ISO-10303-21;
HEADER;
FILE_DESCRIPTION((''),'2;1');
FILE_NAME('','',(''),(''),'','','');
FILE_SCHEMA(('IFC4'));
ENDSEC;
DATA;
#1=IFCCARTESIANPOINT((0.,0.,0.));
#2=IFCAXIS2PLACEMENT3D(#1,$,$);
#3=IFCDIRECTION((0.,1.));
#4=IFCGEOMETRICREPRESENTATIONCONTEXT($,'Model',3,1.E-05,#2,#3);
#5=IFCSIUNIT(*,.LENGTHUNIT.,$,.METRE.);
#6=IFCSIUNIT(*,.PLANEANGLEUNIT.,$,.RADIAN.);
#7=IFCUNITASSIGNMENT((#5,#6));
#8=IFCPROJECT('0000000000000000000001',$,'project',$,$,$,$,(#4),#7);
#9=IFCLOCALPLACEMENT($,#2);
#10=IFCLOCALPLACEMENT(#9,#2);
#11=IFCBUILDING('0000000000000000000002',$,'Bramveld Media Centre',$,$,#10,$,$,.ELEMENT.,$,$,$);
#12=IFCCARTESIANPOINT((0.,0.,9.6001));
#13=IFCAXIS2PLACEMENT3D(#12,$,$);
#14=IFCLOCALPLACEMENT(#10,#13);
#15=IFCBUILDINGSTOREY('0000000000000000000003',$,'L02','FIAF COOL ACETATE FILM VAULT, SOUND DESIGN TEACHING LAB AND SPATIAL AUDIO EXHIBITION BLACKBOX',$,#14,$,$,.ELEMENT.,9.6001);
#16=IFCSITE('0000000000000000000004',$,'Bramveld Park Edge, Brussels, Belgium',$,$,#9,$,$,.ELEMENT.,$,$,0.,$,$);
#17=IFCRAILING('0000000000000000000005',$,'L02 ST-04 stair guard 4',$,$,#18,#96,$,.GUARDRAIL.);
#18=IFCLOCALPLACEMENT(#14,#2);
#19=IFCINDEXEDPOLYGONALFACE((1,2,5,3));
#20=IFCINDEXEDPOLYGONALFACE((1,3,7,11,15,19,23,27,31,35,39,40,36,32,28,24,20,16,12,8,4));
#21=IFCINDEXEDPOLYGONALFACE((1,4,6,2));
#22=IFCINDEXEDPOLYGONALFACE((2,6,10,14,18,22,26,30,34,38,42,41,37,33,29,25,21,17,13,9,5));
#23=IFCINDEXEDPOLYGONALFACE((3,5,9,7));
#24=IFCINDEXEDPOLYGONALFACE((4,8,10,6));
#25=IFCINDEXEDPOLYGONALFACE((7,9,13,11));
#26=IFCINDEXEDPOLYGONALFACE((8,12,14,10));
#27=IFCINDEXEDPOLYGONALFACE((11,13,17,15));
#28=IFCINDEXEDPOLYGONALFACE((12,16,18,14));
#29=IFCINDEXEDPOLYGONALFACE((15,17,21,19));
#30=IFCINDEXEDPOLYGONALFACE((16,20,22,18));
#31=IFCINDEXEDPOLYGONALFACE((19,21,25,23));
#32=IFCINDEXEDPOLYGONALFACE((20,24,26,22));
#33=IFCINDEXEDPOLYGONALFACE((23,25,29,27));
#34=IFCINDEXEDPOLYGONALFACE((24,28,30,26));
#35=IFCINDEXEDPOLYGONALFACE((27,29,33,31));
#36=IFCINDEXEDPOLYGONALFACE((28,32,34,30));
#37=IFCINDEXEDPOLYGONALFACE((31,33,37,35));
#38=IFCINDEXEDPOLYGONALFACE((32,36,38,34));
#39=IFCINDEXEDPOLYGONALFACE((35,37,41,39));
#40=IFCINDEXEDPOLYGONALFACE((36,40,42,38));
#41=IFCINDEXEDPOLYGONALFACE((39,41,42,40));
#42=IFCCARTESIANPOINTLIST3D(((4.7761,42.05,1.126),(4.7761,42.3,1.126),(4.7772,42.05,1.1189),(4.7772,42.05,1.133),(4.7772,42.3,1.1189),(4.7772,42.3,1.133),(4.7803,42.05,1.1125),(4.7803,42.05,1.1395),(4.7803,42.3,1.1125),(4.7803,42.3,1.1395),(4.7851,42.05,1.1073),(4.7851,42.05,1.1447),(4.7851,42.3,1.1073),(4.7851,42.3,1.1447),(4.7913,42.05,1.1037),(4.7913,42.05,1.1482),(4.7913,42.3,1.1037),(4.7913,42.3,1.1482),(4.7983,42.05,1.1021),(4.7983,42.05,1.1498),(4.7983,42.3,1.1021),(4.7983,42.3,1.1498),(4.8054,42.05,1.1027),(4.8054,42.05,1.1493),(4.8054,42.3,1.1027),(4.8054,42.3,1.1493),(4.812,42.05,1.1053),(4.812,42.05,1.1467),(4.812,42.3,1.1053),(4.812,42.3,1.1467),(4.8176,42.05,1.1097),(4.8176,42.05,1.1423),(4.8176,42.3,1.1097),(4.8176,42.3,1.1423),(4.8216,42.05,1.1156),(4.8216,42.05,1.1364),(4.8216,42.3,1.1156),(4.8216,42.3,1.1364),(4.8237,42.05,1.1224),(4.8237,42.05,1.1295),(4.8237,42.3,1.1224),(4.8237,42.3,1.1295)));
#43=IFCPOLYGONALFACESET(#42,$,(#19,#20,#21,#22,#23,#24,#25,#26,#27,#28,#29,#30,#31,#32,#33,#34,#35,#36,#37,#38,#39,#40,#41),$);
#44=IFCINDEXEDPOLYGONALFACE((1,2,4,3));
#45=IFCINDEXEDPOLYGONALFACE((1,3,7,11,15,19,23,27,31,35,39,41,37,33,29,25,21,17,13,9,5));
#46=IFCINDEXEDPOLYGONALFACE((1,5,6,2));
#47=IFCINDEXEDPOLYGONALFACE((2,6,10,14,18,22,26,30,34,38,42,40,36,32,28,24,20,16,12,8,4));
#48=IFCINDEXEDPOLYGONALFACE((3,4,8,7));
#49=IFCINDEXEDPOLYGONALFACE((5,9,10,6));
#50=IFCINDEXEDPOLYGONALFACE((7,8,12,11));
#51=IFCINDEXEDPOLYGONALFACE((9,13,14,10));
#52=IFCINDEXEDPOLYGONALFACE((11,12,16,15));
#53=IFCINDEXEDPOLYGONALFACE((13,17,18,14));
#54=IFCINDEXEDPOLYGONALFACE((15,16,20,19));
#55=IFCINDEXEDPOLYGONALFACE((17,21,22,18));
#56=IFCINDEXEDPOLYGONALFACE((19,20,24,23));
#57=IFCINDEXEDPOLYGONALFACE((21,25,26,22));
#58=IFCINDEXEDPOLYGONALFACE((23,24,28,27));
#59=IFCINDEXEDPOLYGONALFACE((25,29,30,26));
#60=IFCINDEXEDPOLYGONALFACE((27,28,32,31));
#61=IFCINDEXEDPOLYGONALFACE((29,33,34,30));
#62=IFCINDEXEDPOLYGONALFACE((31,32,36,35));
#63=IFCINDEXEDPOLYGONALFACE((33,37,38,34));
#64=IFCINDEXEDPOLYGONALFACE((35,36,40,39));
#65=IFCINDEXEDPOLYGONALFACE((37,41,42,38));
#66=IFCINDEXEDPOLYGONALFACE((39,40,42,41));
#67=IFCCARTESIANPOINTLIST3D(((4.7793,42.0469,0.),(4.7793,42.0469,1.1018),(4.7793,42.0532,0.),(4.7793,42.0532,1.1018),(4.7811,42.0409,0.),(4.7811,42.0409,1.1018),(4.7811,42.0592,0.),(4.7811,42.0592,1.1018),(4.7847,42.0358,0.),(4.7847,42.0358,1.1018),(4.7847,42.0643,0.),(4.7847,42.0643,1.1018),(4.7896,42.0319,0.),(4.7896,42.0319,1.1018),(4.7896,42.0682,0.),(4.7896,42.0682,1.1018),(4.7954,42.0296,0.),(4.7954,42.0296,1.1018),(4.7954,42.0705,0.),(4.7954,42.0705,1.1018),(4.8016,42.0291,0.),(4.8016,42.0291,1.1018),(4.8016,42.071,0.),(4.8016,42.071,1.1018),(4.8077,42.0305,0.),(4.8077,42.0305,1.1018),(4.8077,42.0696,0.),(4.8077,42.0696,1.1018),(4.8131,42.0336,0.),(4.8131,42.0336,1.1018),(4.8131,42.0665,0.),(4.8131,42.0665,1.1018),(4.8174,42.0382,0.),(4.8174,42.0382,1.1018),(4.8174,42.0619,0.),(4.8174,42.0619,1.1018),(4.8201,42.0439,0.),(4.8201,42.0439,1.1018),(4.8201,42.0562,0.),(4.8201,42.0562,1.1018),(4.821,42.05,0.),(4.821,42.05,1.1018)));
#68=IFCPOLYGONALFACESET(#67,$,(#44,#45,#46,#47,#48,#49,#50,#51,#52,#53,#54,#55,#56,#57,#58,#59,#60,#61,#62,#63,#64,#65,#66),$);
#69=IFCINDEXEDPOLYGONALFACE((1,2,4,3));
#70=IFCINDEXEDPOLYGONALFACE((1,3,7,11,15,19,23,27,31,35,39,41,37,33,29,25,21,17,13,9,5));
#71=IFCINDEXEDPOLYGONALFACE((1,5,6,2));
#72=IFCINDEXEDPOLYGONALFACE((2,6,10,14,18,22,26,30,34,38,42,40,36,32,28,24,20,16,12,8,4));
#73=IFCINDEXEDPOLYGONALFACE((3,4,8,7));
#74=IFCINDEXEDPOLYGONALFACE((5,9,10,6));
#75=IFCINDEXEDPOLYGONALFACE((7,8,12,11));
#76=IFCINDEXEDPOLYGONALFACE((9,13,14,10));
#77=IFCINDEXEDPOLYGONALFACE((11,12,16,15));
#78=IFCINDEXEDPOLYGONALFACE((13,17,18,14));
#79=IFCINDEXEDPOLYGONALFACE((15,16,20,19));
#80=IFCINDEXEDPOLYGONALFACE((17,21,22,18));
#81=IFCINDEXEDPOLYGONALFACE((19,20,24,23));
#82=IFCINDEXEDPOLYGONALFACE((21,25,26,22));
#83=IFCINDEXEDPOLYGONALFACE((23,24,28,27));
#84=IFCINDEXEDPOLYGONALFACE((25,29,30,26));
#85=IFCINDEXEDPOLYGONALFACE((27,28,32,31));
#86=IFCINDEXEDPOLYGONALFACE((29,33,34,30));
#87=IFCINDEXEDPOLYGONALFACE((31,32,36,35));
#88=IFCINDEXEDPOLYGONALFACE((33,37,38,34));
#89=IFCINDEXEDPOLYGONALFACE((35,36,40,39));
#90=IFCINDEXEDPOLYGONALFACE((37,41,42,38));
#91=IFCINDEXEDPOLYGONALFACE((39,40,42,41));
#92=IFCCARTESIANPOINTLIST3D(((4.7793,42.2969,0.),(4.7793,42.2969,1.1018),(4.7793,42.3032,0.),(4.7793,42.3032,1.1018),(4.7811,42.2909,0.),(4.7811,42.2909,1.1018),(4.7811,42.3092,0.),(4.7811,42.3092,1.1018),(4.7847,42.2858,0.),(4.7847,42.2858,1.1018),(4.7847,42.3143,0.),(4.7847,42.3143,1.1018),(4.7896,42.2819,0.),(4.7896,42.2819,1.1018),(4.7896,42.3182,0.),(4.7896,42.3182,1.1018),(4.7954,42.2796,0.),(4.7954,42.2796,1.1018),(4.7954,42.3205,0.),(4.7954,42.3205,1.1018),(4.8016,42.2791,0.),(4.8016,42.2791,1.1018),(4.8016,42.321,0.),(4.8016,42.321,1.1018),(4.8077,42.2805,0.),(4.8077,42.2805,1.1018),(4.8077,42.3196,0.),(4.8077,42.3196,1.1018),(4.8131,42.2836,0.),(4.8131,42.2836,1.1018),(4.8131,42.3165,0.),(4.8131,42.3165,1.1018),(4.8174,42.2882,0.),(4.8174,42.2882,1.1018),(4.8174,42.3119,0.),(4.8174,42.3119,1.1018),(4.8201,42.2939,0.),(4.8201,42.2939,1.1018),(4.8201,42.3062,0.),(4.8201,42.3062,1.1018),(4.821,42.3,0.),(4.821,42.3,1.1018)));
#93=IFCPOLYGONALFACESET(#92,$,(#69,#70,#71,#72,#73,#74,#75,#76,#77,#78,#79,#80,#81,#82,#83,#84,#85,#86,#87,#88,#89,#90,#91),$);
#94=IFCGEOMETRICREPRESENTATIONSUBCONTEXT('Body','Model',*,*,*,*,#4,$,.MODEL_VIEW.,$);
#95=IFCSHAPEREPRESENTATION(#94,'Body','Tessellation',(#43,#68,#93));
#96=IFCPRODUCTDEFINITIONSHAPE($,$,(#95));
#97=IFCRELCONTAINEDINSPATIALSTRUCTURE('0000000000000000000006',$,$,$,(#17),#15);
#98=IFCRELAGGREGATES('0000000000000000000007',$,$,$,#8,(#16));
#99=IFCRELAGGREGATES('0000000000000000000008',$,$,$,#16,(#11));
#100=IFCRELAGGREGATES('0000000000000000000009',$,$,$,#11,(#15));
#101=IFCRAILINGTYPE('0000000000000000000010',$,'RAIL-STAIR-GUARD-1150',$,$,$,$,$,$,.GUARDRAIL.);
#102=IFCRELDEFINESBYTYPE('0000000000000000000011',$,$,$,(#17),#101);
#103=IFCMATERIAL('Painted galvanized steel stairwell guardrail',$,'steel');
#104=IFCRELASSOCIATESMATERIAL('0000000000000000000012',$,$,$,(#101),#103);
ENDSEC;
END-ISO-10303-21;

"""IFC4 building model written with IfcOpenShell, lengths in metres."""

from ifc_helpers import new_model, si_unit, direction, frame, origin, origin_2d, place, context, subcontext, project, spatial, circle, extrude, material, type_object, element, save


model = new_model("IFC4")

# Units and contexts
model_context = context("Model", 3, precision=1e-05, world=origin(), true_north=direction((0.0, 1.0)))
body_context = subcontext(model_context, "Body", "Model", "MODEL_VIEW")
ifc_project = project(units=[si_unit("LENGTHUNIT", "METRE"), si_unit("PLANEANGLEUNIT", "RADIAN")], contexts=[model_context])

# Site, building, storey
site_placement = place(None, origin())
site = spatial("IfcSite", under=ifc_project, at=site_placement, Name="Bramveld Park Edge, Brussels, Belgium", CompositionType="ELEMENT", RefElevation=0.0)
building_placement = place(site_placement, origin())
building = spatial("IfcBuilding", under=site, at=building_placement, Name="Bramveld Media Centre", CompositionType="ELEMENT")
storey_placement = place(building_placement, frame((0.0, 0.0, 9.6001)))
storey = spatial("IfcBuildingStorey", under=building, at=storey_placement, Name="L02", Description="FIAF COOL ACETATE FILM VAULT, SOUND DESIGN TEACHING LAB AND SPATIAL AUDIO EXHIBITION BLACKBOX", CompositionType="ELEMENT", Elevation=9.6001)

# Railing
ifc_material_1 = material(Name="Painted galvanized steel stairwell guardrail", Category="steel")
railing_type_1 = type_object("IfcRailingType", Name="RAIL-STAIR-GUARD-1150", PredefinedType="GUARDRAIL", material=ifc_material_1)
railing_1_placement = place(storey_placement, frame((4.8, 42.05, 0.0)))
element("IfcRailing", 1, at=railing_1_placement, inside=storey, type_object=railing_type_1, Name="L02 ST-04 stair guard 4", PredefinedType="GUARDRAIL", context=body_context, shape_type="SweptSolid", body=[
    extrude(circle(Radius=0.0239, at=origin_2d()), frame((0.0, 0.0, 1.126), z_axis=(0.0, 1.0, 0.0), x_axis=(-1.0, 0.0, 0.0)), (0.0, 0.0, 1.0), 0.25),
    extrude(circle(Radius=0.021, at=origin_2d()), origin(), (0.0, 0.0, 1.0), 1.1018),
    extrude(circle(Radius=0.021, at=origin_2d()), frame((0.0, 0.25, 0.0)), (0.0, 0.0, 1.0), 1.1018),
])

save(model, "model.ifc")
